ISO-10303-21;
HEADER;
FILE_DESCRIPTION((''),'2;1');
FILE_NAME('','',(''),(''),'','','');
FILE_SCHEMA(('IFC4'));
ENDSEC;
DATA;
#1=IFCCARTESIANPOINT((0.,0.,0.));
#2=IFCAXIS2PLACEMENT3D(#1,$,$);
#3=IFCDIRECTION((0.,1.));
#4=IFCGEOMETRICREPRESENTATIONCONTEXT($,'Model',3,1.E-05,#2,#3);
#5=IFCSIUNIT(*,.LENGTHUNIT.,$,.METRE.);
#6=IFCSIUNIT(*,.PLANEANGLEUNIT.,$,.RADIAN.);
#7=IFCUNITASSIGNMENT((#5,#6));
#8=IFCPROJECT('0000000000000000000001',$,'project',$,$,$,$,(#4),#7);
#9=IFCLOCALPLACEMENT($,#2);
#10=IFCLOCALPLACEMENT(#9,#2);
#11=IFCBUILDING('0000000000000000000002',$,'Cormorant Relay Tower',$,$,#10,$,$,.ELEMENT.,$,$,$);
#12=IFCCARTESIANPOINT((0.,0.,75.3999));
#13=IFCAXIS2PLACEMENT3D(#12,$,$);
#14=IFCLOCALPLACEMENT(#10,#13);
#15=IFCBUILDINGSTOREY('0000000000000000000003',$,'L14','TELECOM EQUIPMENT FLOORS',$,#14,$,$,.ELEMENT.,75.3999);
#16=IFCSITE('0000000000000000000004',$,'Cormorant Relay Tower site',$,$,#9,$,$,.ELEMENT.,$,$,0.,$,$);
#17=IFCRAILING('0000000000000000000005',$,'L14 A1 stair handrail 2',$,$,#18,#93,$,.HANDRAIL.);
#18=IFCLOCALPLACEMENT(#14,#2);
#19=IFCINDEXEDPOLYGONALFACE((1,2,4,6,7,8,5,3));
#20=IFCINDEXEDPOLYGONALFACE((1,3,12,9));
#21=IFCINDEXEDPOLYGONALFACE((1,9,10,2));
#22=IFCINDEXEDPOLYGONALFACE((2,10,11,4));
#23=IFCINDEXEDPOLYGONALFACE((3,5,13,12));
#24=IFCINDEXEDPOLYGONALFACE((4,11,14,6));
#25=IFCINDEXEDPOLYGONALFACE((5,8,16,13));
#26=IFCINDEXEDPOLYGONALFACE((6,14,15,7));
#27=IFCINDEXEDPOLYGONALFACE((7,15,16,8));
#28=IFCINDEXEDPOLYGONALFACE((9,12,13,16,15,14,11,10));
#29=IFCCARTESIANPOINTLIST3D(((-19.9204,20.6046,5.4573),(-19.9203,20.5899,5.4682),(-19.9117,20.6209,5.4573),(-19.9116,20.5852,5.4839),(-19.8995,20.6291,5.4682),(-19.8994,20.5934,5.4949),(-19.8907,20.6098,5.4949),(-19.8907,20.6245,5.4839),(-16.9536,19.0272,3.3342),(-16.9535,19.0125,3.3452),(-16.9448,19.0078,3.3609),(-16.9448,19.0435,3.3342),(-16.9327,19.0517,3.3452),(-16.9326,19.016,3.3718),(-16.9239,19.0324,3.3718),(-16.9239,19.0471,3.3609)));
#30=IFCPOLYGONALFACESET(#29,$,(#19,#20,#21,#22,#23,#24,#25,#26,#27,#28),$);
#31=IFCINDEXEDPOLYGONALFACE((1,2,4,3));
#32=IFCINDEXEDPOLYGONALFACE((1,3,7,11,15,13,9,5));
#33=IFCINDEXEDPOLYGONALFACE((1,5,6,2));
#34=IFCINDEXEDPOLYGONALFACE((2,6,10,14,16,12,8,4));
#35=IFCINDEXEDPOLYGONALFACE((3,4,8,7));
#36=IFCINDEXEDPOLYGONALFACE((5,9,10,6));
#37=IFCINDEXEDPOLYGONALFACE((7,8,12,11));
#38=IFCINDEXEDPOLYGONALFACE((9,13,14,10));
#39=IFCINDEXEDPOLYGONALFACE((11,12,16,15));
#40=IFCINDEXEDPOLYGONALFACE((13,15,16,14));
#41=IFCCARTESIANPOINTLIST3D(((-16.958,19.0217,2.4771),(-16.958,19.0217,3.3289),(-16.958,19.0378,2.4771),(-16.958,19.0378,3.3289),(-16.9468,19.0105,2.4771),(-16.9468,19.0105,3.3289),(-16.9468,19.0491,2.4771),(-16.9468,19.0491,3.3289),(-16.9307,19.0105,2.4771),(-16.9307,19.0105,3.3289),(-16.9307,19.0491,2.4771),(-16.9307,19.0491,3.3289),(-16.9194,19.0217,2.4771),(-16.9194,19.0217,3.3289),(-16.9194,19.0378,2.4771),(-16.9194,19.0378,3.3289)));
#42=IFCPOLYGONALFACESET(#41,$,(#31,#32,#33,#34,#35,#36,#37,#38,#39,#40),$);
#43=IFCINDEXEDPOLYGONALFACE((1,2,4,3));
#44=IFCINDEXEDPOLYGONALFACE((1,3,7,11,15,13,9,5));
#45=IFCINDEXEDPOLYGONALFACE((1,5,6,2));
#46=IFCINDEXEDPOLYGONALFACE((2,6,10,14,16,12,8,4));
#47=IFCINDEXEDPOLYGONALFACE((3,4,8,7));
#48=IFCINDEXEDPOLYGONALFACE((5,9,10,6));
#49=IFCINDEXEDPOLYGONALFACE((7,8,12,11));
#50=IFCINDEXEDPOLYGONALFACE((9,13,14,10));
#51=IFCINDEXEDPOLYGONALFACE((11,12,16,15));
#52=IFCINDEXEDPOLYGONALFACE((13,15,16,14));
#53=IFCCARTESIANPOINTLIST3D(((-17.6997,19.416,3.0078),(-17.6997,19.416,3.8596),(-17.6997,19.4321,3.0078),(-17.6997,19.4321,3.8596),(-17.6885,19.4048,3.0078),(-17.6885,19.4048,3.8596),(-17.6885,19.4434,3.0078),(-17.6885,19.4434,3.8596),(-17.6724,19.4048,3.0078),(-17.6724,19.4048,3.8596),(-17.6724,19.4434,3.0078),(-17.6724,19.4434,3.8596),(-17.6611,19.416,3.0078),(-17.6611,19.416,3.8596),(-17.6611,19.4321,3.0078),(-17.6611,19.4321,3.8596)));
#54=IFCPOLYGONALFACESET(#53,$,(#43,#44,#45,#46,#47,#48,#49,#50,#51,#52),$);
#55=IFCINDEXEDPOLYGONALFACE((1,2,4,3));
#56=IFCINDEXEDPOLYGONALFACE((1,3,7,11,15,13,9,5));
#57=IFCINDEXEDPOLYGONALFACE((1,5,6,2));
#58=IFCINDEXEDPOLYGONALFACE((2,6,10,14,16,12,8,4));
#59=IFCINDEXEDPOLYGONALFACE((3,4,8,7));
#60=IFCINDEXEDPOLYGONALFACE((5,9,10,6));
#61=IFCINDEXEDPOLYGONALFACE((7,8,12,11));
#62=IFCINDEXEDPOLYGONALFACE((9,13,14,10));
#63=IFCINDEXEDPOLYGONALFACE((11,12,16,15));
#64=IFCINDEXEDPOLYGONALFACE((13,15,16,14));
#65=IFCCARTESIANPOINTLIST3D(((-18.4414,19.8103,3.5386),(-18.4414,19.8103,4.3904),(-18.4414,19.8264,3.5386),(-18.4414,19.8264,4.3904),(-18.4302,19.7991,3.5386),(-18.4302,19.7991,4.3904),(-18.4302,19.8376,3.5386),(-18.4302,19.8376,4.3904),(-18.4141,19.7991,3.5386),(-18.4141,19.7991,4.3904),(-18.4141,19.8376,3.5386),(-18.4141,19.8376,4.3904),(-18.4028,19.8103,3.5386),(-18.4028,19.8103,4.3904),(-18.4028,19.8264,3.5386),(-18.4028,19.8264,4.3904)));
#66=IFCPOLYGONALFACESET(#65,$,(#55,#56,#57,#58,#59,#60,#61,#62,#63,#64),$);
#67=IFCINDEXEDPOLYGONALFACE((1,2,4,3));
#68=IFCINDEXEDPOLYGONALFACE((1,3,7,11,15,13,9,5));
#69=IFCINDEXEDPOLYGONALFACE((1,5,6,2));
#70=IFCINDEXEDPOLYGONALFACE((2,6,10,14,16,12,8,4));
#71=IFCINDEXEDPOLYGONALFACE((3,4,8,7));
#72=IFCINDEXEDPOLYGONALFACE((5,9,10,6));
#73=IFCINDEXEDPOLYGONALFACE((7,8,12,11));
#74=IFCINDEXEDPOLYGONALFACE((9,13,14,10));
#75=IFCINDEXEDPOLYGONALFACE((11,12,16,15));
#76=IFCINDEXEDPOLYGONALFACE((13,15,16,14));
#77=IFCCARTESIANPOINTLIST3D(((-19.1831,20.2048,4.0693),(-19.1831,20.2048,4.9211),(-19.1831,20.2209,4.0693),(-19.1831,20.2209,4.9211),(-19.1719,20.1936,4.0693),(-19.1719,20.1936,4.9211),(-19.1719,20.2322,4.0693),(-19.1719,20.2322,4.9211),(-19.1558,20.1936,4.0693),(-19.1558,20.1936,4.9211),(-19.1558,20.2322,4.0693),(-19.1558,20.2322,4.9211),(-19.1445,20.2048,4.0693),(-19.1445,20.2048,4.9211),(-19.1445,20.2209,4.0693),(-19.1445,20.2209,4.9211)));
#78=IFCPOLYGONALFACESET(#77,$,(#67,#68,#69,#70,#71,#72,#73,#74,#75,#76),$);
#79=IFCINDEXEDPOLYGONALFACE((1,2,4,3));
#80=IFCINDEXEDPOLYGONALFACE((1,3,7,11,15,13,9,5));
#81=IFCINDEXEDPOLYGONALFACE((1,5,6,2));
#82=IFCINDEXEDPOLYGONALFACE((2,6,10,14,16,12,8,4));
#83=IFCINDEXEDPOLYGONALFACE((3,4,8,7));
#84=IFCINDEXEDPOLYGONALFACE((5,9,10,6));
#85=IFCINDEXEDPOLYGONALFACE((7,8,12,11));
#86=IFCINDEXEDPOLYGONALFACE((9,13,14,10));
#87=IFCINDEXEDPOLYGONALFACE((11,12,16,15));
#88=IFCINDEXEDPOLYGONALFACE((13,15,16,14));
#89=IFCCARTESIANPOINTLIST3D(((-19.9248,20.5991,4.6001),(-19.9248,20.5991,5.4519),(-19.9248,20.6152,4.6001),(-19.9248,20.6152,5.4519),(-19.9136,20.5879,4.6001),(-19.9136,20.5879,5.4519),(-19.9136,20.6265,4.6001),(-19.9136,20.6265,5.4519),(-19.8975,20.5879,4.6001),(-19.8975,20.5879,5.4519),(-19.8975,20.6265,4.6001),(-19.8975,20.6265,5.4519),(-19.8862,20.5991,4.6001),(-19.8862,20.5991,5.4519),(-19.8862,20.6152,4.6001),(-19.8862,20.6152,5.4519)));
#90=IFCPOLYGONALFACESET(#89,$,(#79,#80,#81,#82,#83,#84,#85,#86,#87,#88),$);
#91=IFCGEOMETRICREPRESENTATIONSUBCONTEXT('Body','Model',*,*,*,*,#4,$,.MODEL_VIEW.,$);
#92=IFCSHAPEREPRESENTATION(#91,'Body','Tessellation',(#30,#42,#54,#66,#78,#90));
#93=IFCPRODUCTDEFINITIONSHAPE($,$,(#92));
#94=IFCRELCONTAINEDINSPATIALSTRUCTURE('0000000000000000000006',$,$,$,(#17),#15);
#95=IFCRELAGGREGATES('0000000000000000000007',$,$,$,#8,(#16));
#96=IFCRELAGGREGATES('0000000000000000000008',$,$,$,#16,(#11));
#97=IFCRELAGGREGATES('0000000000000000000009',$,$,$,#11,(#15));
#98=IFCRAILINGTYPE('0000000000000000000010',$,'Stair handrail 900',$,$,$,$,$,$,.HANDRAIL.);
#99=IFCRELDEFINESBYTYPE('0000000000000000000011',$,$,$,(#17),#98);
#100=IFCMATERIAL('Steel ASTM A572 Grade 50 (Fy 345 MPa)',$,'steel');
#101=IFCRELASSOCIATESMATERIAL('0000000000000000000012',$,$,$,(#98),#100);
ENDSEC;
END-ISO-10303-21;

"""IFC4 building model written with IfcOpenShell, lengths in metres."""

from ifc_helpers import new_model, si_unit, direction, frame, origin, place, context, subcontext, project, spatial, polyline, outline, extrude, material, type_object, element, save


model = new_model("IFC4")

# Units and contexts
model_context = context("Model", 3, precision=1e-05, world=origin(), true_north=direction((0.0, 1.0)))
body_context = subcontext(model_context, "Body", "Model", "MODEL_VIEW")
ifc_project = project(units=[si_unit("LENGTHUNIT", "METRE"), si_unit("PLANEANGLEUNIT", "RADIAN")], contexts=[model_context])

# Site, building, storey
site_placement = place(None, origin())
site = spatial("IfcSite", under=ifc_project, at=site_placement, Name="Cormorant Relay Tower site", CompositionType="ELEMENT", RefElevation=0.0)
building_placement = place(site_placement, origin())
building = spatial("IfcBuilding", under=site, at=building_placement, Name="Cormorant Relay Tower", CompositionType="ELEMENT")
storey_placement = place(building_placement, frame((0.0, 0.0, 75.3999)))
storey = spatial("IfcBuildingStorey", under=building, at=storey_placement, Name="L14", Description="TELECOM EQUIPMENT FLOORS", CompositionType="ELEMENT", Elevation=75.3999)

# Railing
ifc_material_1 = material(Name="Steel ASTM A572 Grade 50 (Fy 345 MPa)", Category="steel")
railing_type_1 = type_object("IfcRailingType", Name="Stair handrail 900", PredefinedType="HANDRAIL", material=ifc_material_1)
railing_1_placement = place(storey_placement, frame((-16.9387, 19.0298, 2.4771)))
element("IfcRailing", 1, at=railing_1_placement, inside=storey, type_object=railing_type_1, Name="L14 A1 stair handrail 2", PredefinedType="HANDRAIL", context=body_context, shape_type="SweptSolid", body=[
    extrude(outline(polyline([(0.0222, 0.0093), (0.0093, 0.0222), (-0.0093, 0.0222), (-0.0222, 0.0093), (-0.0222, -0.0093), (-0.0093, -0.0222), (0.0093, -0.0222), (0.0222, -0.0093), (0.0222, 0.0093)])), frame((0.0, 0.0, 0.876), z_axis=(-0.746441, 0.396869, 0.534155), x_axis=(-0.469453, -0.882958, 0.0)), (0.0, 0.0, 1.0), 3.9746),
    extrude(outline(polyline([(0.0193, 0.0081), (0.0081, 0.0193), (-0.0081, 0.0193), (-0.0193, 0.0081), (-0.0193, -0.0081), (-0.0081, -0.0193), (0.0081, -0.0193), (0.0193, -0.0081), (0.0193, 0.0081)])), origin(), (0.0, 0.0, 1.0), 0.8518),
    extrude(outline(polyline([(0.0193, 0.0081), (0.0081, 0.0193), (-0.0081, 0.0193), (-0.0193, 0.0081), (-0.0193, -0.0081), (-0.0081, -0.0193), (0.0081, -0.0193), (0.0193, -0.0081), (0.0193, 0.0081)])), frame((-0.7417, 0.3943, 0.5308)), (0.0, 0.0, 1.0), 0.8518),
    extrude(outline(polyline([(0.0193, 0.0081), (0.0081, 0.0193), (-0.0081, 0.0193), (-0.0193, 0.0081), (-0.0193, -0.0081), (-0.0081, -0.0193), (0.0081, -0.0193), (0.0193, -0.0081), (0.0193, 0.0081)])), frame((-1.4834, 0.7886, 1.0615)), (0.0, 0.0, 1.0), 0.8518),
    extrude(outline(polyline([(0.0193, 0.0081), (0.0081, 0.0193), (-0.0081, 0.0193), (-0.0193, 0.0081), (-0.0193, -0.0081), (-0.0081, -0.0193), (0.0081, -0.0193), (0.0193, -0.0081), (0.0193, 0.0081)])), frame((-2.2251, 1.1831, 1.5923)), (0.0, 0.0, 1.0), 0.8518),
    extrude(outline(polyline([(0.0193, 0.0081), (0.0081, 0.0193), (-0.0081, 0.0193), (-0.0193, 0.0081), (-0.0193, -0.0081), (-0.0081, -0.0193), (0.0081, -0.0193), (0.0193, -0.0081), (0.0193, 0.0081)])), frame((-2.9668, 1.5774, 2.123)), (0.0, 0.0, 1.0), 0.8518),
])

save(model, "model.ifc")
